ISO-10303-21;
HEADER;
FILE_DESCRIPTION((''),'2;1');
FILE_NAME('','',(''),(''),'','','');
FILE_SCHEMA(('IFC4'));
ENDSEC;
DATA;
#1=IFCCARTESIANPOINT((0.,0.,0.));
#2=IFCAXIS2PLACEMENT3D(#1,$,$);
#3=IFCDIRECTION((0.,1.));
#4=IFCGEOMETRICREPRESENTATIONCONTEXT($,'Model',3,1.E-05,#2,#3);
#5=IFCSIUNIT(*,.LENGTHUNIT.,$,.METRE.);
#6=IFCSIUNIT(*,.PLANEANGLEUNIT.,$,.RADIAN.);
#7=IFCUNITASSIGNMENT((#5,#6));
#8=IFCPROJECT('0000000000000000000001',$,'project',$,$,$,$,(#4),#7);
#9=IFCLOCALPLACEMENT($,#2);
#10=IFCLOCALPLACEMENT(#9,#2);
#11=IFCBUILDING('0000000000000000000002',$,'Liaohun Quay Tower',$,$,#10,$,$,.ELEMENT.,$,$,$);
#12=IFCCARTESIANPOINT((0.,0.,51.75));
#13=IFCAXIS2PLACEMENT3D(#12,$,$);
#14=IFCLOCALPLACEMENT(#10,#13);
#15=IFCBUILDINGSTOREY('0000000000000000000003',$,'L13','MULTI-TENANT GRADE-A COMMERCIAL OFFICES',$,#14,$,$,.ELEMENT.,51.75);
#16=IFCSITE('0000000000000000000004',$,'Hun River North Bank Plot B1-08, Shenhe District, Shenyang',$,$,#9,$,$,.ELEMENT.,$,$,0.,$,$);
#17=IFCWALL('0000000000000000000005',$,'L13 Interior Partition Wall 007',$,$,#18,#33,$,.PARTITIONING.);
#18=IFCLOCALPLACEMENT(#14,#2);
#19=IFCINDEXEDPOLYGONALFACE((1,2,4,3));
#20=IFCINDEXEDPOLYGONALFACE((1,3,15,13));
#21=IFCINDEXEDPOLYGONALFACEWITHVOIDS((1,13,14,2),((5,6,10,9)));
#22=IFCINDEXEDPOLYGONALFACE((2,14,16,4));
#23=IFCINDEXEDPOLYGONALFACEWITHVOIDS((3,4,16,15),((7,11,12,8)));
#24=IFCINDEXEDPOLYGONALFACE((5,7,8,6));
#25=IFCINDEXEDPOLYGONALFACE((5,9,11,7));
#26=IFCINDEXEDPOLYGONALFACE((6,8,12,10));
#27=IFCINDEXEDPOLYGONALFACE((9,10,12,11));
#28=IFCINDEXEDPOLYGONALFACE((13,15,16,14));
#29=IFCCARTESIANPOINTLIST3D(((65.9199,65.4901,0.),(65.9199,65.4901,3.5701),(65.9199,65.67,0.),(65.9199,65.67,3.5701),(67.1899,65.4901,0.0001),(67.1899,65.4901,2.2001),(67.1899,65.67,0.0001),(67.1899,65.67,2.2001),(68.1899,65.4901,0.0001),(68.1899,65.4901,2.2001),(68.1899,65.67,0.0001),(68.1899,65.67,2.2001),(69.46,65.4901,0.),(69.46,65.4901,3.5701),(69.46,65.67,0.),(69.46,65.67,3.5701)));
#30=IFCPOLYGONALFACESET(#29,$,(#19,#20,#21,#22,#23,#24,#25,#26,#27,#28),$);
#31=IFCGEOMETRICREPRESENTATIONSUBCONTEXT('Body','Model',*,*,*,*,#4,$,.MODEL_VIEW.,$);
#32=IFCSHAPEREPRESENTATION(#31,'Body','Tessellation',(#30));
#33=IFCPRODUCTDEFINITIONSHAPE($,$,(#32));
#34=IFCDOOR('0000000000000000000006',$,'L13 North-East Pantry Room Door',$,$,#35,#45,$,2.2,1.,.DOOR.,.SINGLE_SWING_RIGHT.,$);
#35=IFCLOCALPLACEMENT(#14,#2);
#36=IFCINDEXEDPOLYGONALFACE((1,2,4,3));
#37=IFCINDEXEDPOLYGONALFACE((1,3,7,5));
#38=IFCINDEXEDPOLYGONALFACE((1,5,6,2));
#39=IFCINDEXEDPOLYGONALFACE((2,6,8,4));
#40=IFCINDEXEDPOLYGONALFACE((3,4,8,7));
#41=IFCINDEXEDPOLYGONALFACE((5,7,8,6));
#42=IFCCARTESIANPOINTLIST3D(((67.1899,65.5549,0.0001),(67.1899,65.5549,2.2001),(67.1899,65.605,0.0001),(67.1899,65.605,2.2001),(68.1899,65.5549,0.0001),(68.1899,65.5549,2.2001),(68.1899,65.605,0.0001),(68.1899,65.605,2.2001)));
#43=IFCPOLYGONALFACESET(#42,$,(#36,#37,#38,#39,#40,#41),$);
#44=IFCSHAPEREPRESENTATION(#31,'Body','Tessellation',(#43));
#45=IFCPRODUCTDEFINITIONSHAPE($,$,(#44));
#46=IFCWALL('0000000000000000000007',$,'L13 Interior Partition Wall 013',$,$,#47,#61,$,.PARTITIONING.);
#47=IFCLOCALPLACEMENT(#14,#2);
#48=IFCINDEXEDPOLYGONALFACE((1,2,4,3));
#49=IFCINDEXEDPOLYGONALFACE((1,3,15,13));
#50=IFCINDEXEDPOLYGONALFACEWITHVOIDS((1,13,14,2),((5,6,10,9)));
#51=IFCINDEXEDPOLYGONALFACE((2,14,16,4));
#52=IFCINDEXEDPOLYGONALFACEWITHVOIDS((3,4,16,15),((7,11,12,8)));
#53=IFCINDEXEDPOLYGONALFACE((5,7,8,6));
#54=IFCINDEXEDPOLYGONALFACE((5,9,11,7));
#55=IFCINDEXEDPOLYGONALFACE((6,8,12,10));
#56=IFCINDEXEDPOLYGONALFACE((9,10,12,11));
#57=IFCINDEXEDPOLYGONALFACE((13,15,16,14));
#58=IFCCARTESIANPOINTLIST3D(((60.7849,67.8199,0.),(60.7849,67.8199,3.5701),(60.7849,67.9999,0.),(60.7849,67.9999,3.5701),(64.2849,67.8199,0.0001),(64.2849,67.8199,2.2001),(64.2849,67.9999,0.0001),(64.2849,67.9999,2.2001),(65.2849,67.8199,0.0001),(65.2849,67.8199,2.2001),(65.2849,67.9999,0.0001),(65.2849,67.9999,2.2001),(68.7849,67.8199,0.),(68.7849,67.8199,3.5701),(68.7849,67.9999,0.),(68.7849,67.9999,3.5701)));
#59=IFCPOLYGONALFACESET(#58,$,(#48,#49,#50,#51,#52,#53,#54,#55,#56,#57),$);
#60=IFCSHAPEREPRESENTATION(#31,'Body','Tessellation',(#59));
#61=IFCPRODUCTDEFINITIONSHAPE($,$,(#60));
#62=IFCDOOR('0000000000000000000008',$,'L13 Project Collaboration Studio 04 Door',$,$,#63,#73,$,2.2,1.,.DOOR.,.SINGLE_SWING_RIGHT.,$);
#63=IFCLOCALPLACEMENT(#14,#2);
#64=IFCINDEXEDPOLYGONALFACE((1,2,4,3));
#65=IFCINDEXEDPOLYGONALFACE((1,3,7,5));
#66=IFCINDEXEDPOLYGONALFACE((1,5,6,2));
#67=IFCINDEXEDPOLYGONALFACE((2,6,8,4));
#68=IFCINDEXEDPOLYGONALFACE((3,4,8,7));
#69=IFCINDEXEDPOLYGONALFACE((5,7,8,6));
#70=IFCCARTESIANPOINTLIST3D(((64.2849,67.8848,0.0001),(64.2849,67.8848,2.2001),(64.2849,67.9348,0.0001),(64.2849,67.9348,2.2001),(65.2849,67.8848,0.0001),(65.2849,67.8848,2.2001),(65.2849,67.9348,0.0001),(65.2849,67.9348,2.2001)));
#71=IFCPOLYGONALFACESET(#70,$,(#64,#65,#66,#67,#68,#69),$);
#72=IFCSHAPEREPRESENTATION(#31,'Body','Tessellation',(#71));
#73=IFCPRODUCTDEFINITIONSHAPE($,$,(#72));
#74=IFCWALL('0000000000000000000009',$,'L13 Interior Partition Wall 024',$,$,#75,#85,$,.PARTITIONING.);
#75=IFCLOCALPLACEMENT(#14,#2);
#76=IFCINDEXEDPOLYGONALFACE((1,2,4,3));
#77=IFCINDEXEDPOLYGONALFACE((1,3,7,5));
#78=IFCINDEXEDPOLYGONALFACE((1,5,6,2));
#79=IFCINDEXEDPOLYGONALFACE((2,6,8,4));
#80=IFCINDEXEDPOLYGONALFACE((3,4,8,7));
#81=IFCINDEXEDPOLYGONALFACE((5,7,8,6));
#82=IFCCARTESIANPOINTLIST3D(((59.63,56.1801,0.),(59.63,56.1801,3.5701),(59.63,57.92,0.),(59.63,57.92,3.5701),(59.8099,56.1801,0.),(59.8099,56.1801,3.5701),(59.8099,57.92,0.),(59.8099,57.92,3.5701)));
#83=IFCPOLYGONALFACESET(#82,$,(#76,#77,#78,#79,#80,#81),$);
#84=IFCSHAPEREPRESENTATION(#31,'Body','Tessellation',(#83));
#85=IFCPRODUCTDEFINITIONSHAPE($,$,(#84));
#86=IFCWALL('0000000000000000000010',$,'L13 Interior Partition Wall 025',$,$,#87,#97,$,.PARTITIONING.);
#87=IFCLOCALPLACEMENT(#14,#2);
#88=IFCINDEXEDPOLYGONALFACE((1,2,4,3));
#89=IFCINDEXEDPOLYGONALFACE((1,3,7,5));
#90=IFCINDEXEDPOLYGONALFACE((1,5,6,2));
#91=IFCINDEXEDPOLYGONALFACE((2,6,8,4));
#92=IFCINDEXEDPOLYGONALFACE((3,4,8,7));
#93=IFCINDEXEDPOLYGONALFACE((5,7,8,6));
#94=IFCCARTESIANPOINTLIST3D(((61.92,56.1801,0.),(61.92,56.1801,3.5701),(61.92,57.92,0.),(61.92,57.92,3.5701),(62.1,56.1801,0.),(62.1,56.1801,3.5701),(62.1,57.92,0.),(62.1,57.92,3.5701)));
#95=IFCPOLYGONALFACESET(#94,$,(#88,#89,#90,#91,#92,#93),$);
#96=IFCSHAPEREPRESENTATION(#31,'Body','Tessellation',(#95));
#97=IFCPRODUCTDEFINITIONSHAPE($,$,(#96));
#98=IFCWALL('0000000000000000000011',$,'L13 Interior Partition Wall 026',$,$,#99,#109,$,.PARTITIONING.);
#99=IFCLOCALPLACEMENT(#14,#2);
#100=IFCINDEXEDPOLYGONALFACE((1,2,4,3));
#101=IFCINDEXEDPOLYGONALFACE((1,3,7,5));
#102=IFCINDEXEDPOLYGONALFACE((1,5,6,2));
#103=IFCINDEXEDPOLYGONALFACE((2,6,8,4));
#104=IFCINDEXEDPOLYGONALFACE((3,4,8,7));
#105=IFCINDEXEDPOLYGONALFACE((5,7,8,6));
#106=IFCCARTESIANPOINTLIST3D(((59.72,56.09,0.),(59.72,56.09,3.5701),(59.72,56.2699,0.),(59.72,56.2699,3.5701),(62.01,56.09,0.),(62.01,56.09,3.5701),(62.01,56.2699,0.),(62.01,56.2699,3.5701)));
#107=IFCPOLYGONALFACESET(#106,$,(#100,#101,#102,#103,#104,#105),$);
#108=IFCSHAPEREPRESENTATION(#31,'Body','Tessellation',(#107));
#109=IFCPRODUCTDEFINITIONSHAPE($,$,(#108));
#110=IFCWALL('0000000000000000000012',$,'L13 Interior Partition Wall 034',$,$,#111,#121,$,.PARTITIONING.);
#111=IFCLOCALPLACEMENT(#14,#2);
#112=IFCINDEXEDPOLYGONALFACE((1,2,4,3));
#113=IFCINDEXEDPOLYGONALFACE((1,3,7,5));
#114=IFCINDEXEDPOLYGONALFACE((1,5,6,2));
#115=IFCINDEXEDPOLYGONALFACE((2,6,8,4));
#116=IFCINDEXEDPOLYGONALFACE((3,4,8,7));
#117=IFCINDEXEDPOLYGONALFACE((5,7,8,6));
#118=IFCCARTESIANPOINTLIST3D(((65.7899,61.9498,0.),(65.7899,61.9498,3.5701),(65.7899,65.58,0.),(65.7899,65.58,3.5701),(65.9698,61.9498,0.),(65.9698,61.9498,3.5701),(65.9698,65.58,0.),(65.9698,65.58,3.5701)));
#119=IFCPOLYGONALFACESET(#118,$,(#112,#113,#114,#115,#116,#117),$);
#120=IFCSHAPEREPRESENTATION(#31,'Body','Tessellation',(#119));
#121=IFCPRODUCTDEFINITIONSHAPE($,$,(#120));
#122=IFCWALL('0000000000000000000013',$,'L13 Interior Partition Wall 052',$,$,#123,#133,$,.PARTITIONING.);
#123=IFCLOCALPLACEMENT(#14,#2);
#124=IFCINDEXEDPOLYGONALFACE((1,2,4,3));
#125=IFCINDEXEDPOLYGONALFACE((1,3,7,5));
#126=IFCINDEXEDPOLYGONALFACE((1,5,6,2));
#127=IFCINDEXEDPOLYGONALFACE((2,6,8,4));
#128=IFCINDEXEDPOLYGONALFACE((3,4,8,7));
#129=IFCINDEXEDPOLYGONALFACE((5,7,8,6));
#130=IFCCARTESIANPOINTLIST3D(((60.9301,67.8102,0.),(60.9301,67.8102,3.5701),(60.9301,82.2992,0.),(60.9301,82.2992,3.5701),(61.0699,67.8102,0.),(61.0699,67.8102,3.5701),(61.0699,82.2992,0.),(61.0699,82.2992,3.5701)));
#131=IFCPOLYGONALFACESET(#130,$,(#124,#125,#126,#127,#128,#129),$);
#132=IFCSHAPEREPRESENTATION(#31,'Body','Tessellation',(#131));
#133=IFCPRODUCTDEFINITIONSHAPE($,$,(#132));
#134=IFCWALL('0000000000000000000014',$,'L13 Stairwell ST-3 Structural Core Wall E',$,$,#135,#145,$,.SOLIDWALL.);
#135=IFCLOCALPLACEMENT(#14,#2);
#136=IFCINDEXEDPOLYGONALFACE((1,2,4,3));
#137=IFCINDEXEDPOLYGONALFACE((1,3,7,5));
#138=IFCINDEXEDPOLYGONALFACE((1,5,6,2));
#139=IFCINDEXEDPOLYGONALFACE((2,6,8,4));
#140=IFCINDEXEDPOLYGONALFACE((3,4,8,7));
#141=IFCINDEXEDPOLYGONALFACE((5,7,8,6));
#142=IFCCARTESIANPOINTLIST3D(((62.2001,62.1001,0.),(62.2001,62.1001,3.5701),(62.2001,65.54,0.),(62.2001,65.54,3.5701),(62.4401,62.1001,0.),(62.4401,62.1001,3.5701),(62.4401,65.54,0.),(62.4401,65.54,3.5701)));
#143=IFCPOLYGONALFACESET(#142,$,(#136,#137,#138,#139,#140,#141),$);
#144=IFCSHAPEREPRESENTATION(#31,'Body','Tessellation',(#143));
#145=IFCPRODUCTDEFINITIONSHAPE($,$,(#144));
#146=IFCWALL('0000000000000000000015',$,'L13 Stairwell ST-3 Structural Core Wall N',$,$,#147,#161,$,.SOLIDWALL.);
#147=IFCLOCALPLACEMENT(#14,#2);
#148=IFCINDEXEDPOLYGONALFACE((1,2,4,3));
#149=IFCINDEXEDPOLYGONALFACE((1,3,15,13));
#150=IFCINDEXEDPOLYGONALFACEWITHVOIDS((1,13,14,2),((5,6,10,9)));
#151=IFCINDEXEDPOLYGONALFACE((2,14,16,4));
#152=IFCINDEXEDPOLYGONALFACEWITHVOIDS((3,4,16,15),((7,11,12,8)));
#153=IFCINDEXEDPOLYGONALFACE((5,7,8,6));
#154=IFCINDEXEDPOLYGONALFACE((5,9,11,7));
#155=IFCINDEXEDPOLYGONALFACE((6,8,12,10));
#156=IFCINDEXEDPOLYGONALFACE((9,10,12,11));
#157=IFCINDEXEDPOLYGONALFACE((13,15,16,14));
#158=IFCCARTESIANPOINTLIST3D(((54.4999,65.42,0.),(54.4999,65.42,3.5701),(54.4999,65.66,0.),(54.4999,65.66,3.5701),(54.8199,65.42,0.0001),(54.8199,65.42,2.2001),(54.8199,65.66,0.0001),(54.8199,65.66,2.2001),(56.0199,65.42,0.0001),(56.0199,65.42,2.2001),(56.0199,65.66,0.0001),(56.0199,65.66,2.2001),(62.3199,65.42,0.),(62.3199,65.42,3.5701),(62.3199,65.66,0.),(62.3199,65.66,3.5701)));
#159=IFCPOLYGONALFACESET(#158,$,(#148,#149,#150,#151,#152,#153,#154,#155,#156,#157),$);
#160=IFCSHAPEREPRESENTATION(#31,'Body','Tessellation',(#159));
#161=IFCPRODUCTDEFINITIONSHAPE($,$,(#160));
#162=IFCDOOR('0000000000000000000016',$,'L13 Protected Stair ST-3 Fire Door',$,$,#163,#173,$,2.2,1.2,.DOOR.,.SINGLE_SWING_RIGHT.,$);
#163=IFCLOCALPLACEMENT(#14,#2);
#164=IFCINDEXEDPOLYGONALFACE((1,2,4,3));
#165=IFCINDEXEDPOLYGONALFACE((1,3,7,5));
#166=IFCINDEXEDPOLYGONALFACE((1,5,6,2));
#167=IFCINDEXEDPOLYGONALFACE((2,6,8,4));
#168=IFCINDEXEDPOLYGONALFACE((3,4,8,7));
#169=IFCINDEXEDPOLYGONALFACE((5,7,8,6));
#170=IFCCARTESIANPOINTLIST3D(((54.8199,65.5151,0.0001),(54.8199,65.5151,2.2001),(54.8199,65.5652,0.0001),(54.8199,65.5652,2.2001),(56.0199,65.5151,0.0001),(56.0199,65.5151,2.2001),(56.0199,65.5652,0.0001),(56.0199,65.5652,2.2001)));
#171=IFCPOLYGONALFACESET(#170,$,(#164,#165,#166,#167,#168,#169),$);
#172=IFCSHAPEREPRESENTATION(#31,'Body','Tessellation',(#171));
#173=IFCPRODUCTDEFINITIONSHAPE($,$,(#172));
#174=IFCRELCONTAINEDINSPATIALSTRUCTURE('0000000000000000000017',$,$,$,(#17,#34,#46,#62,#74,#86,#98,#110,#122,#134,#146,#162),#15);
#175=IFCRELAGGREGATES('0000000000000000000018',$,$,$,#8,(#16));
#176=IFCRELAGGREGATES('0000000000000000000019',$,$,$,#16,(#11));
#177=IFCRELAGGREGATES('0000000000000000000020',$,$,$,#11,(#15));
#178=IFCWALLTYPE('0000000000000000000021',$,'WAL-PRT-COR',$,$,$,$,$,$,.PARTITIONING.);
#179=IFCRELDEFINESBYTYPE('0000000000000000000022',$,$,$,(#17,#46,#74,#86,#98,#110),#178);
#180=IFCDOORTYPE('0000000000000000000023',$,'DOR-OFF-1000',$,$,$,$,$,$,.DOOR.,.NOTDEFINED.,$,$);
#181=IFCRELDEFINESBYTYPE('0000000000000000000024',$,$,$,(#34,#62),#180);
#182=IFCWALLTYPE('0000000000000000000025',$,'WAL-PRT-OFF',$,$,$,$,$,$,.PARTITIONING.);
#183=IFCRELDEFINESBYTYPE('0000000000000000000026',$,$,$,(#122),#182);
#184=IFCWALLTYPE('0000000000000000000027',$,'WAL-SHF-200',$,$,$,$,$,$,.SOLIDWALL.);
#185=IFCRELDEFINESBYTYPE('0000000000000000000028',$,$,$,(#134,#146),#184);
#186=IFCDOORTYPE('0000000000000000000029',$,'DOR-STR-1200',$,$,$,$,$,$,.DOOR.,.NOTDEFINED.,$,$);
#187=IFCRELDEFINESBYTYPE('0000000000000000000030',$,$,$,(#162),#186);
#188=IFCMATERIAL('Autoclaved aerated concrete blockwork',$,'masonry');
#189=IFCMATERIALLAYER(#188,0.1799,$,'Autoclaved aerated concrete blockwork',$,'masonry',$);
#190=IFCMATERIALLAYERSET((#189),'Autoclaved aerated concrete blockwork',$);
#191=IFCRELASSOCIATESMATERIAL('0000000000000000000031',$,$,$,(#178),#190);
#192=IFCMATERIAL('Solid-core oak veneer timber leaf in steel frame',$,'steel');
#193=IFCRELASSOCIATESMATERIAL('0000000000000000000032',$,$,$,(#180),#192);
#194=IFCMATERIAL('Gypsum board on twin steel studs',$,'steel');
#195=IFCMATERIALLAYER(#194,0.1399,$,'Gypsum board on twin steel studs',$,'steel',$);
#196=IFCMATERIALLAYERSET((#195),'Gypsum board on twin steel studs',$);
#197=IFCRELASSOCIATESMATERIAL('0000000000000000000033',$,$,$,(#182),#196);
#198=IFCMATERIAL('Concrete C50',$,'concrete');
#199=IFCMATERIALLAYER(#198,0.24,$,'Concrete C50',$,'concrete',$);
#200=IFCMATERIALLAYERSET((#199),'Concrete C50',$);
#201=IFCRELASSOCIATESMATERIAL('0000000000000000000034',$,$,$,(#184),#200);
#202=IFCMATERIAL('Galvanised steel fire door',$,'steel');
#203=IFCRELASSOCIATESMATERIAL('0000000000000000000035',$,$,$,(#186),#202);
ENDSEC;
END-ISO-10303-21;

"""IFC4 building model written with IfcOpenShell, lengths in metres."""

from ifc_helpers import new_model, si_unit, direction, frame, frame_2d, origin, place, context, subcontext, project, spatial, rectangle, extrude, source, transform, mapped, material, layer, layer_set, type_object, element, fill, save


model = new_model("IFC4")

# Units and contexts
model_context = context("Model", 3, precision=1e-05, world=origin(), true_north=direction((0.0, 1.0)))
body_context = subcontext(model_context, "Body", "Model", "MODEL_VIEW")
ifc_project = project(units=[si_unit("LENGTHUNIT", "METRE"), si_unit("PLANEANGLEUNIT", "RADIAN")], contexts=[model_context])

# Site, building, storey
site_placement = place(None, origin())
site = spatial("IfcSite", under=ifc_project, at=site_placement, Name="Hun River North Bank Plot B1-08, Shenhe District, Shenyang", CompositionType="ELEMENT", RefElevation=0.0)
building_placement = place(site_placement, origin())
building = spatial("IfcBuilding", under=site, at=building_placement, Name="Liaohun Quay Tower", CompositionType="ELEMENT")
storey_placement = place(building_placement, frame((0.0, 0.0, 51.75)))
storey = spatial("IfcBuildingStorey", under=building, at=storey_placement, Name="L13", Description="MULTI-TENANT GRADE-A COMMERCIAL OFFICES", CompositionType="ELEMENT", Elevation=51.75)

# Walls, openings, doors
ifc_material_1 = material(Name="Autoclaved aerated concrete blockwork", Category="masonry")
ifc_layer_1 = layer(ifc_material_1, 0.1799, Name="Autoclaved aerated concrete blockwork", Category="masonry")
ifc_layer_set_1 = layer_set([ifc_layer_1], Name="Autoclaved aerated concrete blockwork")
wall_type_1 = type_object("IfcWallType", Name="WAL-PRT-COR", PredefinedType="PARTITIONING", material=ifc_layer_set_1)
shared_shape_1 = source(origin(), body_context, "Body", "SweptSolid", [
    extrude(rectangle(XDim=1.0, YDim=2.2, at=frame_2d((0.5, 1.1001))), frame((0.0, 0.0999, 0.0), z_axis=(0.0, -1.0, 0.0), x_axis=(1.0, 0.0, 0.0)), (0.0, 0.0, 1.0), 0.2),
])
ifc_material_2 = material(Name="Solid-core oak veneer timber leaf in steel frame", Category="steel")
door_type_1 = type_object("IfcDoorType", Name="DOR-OFF-1000", OperationType="NOTDEFINED", PredefinedType="DOOR", material=ifc_material_2)
shared_shape_2 = source(origin(), body_context, "Body", "SweptSolid", [
    extrude(rectangle(XDim=1.0, YDim=2.2, at=frame_2d((0.5, 1.1001))), frame((0.0, 0.0249, 0.0), z_axis=(0.0, -1.0, 0.0), x_axis=(1.0, 0.0, 0.0)), (0.0, 0.0, 1.0), 0.05),
])
wall_1_placement = place(storey_placement, frame((65.9199, 65.5801, 0.0), z_axis=(0.0, 0.0, 1.0), x_axis=(1.0, 0.0, 0.0)))
wall_1 = element("IfcWall", 1, at=wall_1_placement, inside=storey, type_object=wall_type_1, Name="L13 Interior Partition Wall 007", PredefinedType="PARTITIONING", context=body_context, shape_type="SweptSolid", body=[
    extrude(rectangle(XDim=3.54, YDim=0.1799, at=frame_2d((1.77, 0.0))), origin(), (0.0, 0.0, 1.0), 3.5701),
])
opening_1_placement = place(wall_1_placement, frame((1.27, 0.0, 0.0)))
opening_1 = element("IfcOpeningElement", 2, at=opening_1_placement, cuts=wall_1, PredefinedType="OPENING", context=body_context, shape_type="MappedRepresentation", body=[
    mapped(shared_shape_1, transform((0.0, 0.0, 0.0), x_axis=(1.0, 0.0, 0.0), y_axis=(0.0, 1.0, 0.0), z_axis=(0.0, 0.0, 1.0), scale=1.0)),
])
door_1_placement = place(opening_1_placement, origin())
door_1 = element("IfcDoor", 3, at=door_1_placement, inside=storey, type_object=door_type_1, Name="L13 North-East Pantry Room Door", OperationType="SINGLE_SWING_RIGHT", OverallHeight=2.2, OverallWidth=1.0, PredefinedType="DOOR", context=body_context, shape_type="MappedRepresentation", body=[
    mapped(shared_shape_2, transform((0.0, 0.0, 0.0), x_axis=(1.0, 0.0, 0.0), y_axis=(0.0, 1.0, 0.0), z_axis=(0.0, 0.0, 1.0), scale=1.0)),
])
fill(opening_1, door_1)
wall_2_placement = place(storey_placement, frame((60.7849, 67.9099, 0.0), z_axis=(0.0, 0.0, 1.0), x_axis=(1.0, 0.0, 0.0)))
wall_2 = element("IfcWall", 4, at=wall_2_placement, inside=storey, type_object=wall_type_1, Name="L13 Interior Partition Wall 013", PredefinedType="PARTITIONING", context=body_context, shape_type="SweptSolid", body=[
    extrude(rectangle(XDim=8.0, YDim=0.1799, at=frame_2d((4.0, 0.0))), origin(), (0.0, 0.0, 1.0), 3.5701),
])
opening_2_placement = place(wall_2_placement, frame((3.5, 0.0, 0.0)))
opening_2 = element("IfcOpeningElement", 5, at=opening_2_placement, cuts=wall_2, PredefinedType="OPENING", context=body_context, shape_type="MappedRepresentation", body=[
    mapped(shared_shape_1, transform((0.0, 0.0, 0.0), x_axis=(1.0, 0.0, 0.0), y_axis=(0.0, 1.0, 0.0), z_axis=(0.0, 0.0, 1.0), scale=1.0)),
])
door_2_placement = place(opening_2_placement, origin())
door_2 = element("IfcDoor", 6, at=door_2_placement, inside=storey, type_object=door_type_1, Name="L13 Project Collaboration Studio 04 Door", OperationType="SINGLE_SWING_RIGHT", OverallHeight=2.2, OverallWidth=1.0, PredefinedType="DOOR", context=body_context, shape_type="MappedRepresentation", body=[
    mapped(shared_shape_2, transform((0.0, 0.0, 0.0), x_axis=(1.0, 0.0, 0.0), y_axis=(0.0, 1.0, 0.0), z_axis=(0.0, 0.0, 1.0), scale=1.0)),
])
fill(opening_2, door_2)

# Walls
for number, where, z_axis, x_axis, name in (
    (7, (59.72, 56.1799, 0.0), (0.0, 0.0, 1.0), (0.0, 1.0, 0.0), "L13 Interior Partition Wall 024"),
    (8, (62.01, 56.1799, 0.0), (0.0, 0.0, 1.0), (0.0, 1.0, 0.0), "L13 Interior Partition Wall 025"),
):
    element("IfcWall", number, at=place(storey_placement, frame(where, z_axis=z_axis, x_axis=x_axis)), inside=storey, type_object=wall_type_1, Name=name, PredefinedType="PARTITIONING", context=body_context, shape_type="SweptSolid", body=[
        extrude(rectangle(XDim=1.74, YDim=0.1799, at=frame_2d((0.8701, 0.0))), origin(), (0.0, 0.0, 1.0), 3.5701),
    ])
wall_3_placement = place(storey_placement, frame((59.72, 56.1799, 0.0), z_axis=(0.0, 0.0, 1.0), x_axis=(1.0, 0.0, 0.0)))
element("IfcWall", 9, at=wall_3_placement, inside=storey, type_object=wall_type_1, Name="L13 Interior Partition Wall 026", PredefinedType="PARTITIONING", context=body_context, shape_type="SweptSolid", body=[
    extrude(rectangle(XDim=2.29, YDim=0.1799, at=frame_2d((1.145, 0.0))), origin(), (0.0, 0.0, 1.0), 3.5701),
])
wall_4_placement = place(storey_placement, frame((65.8799, 61.95, 0.0), z_axis=(0.0, 0.0, 1.0), x_axis=(0.0, 1.0, 0.0)))
element("IfcWall", 10, at=wall_4_placement, inside=storey, type_object=wall_type_1, Name="L13 Interior Partition Wall 034", PredefinedType="PARTITIONING", context=body_context, shape_type="SweptSolid", body=[
    extrude(rectangle(XDim=3.6301, YDim=0.1799, at=frame_2d((1.8149, 0.0))), origin(), (0.0, 0.0, 1.0), 3.5701),
])
ifc_material_3 = material(Name="Gypsum board on twin steel studs", Category="steel")
ifc_layer_2 = layer(ifc_material_3, 0.1399, Name="Gypsum board on twin steel studs", Category="steel")
ifc_layer_set_2 = layer_set([ifc_layer_2], Name="Gypsum board on twin steel studs")
wall_type_2 = type_object("IfcWallType", Name="WAL-PRT-OFF", PredefinedType="PARTITIONING", material=ifc_layer_set_2)
wall_5_placement = place(storey_placement, frame((61.0, 67.8101, 0.0), z_axis=(0.0, 0.0, 1.0), x_axis=(0.0, 1.0, 0.0)))
element("IfcWall", 11, at=wall_5_placement, inside=storey, type_object=wall_type_2, Name="L13 Interior Partition Wall 052", PredefinedType="PARTITIONING", context=body_context, shape_type="SweptSolid", body=[
    extrude(rectangle(XDim=14.489, YDim=0.1399, at=frame_2d((7.2446, 0.0))), origin(), (0.0, 0.0, 1.0), 3.5701),
])
ifc_material_4 = material(Name="Concrete C50", Category="concrete")
ifc_layer_3 = layer(ifc_material_4, 0.24, Name="Concrete C50", Category="concrete")
ifc_layer_set_3 = layer_set([ifc_layer_3], Name="Concrete C50")
wall_type_3 = type_object("IfcWallType", Name="WAL-SHF-200", PredefinedType="SOLIDWALL", material=ifc_layer_set_3)
wall_6_placement = place(storey_placement, frame((62.3201, 62.1001, 0.0), z_axis=(0.0, 0.0, 1.0), x_axis=(0.0, 1.0, 0.0)))
element("IfcWall", 12, at=wall_6_placement, inside=storey, type_object=wall_type_3, Name="L13 Stairwell ST-3 Structural Core Wall E", PredefinedType="SOLIDWALL", context=body_context, shape_type="SweptSolid", body=[
    extrude(rectangle(XDim=3.4399, YDim=0.24, at=frame_2d((1.72, 0.0))), origin(), (0.0, 0.0, 1.0), 3.5701),
])

# Wall, opening, door
wall_7_placement = place(storey_placement, frame((62.3201, 65.54, 0.0), z_axis=(0.0, 0.0, 1.0), x_axis=(-1.0, 0.0, 0.0)))
wall_7 = element("IfcWall", 13, at=wall_7_placement, inside=storey, type_object=wall_type_3, Name="L13 Stairwell ST-3 Structural Core Wall N", PredefinedType="SOLIDWALL", context=body_context, shape_type="SweptSolid", body=[
    extrude(rectangle(XDim=7.8201, YDim=0.24, at=frame_2d((3.9102, 0.0))), origin(), (0.0, 0.0, 1.0), 3.5701),
])
shared_shape_3 = source(origin(), body_context, "Body", "SweptSolid", [
    extrude(rectangle(XDim=1.2, YDim=2.2, at=frame_2d((0.6001, 1.1001))), frame((0.0, 0.1299, 0.0), z_axis=(0.0, -1.0, 0.0), x_axis=(1.0, 0.0, 0.0)), (0.0, 0.0, 1.0), 0.26),
])
opening_3_placement = place(wall_7_placement, frame((6.3, 0.0, 0.0)))
opening_3 = element("IfcOpeningElement", 14, at=opening_3_placement, cuts=wall_7, PredefinedType="OPENING", context=body_context, shape_type="MappedRepresentation", body=[
    mapped(shared_shape_3, transform((0.0, 0.0, 0.0), x_axis=(1.0, 0.0, 0.0), y_axis=(0.0, 1.0, 0.0), z_axis=(0.0, 0.0, 1.0), scale=1.0)),
])
ifc_material_5 = material(Name="Galvanised steel fire door", Category="steel")
door_type_2 = type_object("IfcDoorType", Name="DOR-STR-1200", OperationType="NOTDEFINED", PredefinedType="DOOR", material=ifc_material_5)
shared_shape_4 = source(origin(), body_context, "Body", "SweptSolid", [
    extrude(rectangle(XDim=1.2, YDim=2.2, at=frame_2d((0.6001, 1.1001))), frame((0.0, 0.0249, 0.0), z_axis=(0.0, -1.0, 0.0), x_axis=(1.0, 0.0, 0.0)), (0.0, 0.0, 1.0), 0.05),
])
door_3_placement = place(opening_3_placement, origin())
door_3 = element("IfcDoor", 15, at=door_3_placement, inside=storey, type_object=door_type_2, Name="L13 Protected Stair ST-3 Fire Door", OperationType="SINGLE_SWING_RIGHT", OverallHeight=2.2, OverallWidth=1.2, PredefinedType="DOOR", context=body_context, shape_type="MappedRepresentation", body=[
    mapped(shared_shape_4, transform((0.0, 0.0, 0.0), x_axis=(1.0, 0.0, 0.0), y_axis=(0.0, 1.0, 0.0), z_axis=(0.0, 0.0, 1.0), scale=1.0)),
])
fill(opening_3, door_3)

save(model, "model.ifc")
